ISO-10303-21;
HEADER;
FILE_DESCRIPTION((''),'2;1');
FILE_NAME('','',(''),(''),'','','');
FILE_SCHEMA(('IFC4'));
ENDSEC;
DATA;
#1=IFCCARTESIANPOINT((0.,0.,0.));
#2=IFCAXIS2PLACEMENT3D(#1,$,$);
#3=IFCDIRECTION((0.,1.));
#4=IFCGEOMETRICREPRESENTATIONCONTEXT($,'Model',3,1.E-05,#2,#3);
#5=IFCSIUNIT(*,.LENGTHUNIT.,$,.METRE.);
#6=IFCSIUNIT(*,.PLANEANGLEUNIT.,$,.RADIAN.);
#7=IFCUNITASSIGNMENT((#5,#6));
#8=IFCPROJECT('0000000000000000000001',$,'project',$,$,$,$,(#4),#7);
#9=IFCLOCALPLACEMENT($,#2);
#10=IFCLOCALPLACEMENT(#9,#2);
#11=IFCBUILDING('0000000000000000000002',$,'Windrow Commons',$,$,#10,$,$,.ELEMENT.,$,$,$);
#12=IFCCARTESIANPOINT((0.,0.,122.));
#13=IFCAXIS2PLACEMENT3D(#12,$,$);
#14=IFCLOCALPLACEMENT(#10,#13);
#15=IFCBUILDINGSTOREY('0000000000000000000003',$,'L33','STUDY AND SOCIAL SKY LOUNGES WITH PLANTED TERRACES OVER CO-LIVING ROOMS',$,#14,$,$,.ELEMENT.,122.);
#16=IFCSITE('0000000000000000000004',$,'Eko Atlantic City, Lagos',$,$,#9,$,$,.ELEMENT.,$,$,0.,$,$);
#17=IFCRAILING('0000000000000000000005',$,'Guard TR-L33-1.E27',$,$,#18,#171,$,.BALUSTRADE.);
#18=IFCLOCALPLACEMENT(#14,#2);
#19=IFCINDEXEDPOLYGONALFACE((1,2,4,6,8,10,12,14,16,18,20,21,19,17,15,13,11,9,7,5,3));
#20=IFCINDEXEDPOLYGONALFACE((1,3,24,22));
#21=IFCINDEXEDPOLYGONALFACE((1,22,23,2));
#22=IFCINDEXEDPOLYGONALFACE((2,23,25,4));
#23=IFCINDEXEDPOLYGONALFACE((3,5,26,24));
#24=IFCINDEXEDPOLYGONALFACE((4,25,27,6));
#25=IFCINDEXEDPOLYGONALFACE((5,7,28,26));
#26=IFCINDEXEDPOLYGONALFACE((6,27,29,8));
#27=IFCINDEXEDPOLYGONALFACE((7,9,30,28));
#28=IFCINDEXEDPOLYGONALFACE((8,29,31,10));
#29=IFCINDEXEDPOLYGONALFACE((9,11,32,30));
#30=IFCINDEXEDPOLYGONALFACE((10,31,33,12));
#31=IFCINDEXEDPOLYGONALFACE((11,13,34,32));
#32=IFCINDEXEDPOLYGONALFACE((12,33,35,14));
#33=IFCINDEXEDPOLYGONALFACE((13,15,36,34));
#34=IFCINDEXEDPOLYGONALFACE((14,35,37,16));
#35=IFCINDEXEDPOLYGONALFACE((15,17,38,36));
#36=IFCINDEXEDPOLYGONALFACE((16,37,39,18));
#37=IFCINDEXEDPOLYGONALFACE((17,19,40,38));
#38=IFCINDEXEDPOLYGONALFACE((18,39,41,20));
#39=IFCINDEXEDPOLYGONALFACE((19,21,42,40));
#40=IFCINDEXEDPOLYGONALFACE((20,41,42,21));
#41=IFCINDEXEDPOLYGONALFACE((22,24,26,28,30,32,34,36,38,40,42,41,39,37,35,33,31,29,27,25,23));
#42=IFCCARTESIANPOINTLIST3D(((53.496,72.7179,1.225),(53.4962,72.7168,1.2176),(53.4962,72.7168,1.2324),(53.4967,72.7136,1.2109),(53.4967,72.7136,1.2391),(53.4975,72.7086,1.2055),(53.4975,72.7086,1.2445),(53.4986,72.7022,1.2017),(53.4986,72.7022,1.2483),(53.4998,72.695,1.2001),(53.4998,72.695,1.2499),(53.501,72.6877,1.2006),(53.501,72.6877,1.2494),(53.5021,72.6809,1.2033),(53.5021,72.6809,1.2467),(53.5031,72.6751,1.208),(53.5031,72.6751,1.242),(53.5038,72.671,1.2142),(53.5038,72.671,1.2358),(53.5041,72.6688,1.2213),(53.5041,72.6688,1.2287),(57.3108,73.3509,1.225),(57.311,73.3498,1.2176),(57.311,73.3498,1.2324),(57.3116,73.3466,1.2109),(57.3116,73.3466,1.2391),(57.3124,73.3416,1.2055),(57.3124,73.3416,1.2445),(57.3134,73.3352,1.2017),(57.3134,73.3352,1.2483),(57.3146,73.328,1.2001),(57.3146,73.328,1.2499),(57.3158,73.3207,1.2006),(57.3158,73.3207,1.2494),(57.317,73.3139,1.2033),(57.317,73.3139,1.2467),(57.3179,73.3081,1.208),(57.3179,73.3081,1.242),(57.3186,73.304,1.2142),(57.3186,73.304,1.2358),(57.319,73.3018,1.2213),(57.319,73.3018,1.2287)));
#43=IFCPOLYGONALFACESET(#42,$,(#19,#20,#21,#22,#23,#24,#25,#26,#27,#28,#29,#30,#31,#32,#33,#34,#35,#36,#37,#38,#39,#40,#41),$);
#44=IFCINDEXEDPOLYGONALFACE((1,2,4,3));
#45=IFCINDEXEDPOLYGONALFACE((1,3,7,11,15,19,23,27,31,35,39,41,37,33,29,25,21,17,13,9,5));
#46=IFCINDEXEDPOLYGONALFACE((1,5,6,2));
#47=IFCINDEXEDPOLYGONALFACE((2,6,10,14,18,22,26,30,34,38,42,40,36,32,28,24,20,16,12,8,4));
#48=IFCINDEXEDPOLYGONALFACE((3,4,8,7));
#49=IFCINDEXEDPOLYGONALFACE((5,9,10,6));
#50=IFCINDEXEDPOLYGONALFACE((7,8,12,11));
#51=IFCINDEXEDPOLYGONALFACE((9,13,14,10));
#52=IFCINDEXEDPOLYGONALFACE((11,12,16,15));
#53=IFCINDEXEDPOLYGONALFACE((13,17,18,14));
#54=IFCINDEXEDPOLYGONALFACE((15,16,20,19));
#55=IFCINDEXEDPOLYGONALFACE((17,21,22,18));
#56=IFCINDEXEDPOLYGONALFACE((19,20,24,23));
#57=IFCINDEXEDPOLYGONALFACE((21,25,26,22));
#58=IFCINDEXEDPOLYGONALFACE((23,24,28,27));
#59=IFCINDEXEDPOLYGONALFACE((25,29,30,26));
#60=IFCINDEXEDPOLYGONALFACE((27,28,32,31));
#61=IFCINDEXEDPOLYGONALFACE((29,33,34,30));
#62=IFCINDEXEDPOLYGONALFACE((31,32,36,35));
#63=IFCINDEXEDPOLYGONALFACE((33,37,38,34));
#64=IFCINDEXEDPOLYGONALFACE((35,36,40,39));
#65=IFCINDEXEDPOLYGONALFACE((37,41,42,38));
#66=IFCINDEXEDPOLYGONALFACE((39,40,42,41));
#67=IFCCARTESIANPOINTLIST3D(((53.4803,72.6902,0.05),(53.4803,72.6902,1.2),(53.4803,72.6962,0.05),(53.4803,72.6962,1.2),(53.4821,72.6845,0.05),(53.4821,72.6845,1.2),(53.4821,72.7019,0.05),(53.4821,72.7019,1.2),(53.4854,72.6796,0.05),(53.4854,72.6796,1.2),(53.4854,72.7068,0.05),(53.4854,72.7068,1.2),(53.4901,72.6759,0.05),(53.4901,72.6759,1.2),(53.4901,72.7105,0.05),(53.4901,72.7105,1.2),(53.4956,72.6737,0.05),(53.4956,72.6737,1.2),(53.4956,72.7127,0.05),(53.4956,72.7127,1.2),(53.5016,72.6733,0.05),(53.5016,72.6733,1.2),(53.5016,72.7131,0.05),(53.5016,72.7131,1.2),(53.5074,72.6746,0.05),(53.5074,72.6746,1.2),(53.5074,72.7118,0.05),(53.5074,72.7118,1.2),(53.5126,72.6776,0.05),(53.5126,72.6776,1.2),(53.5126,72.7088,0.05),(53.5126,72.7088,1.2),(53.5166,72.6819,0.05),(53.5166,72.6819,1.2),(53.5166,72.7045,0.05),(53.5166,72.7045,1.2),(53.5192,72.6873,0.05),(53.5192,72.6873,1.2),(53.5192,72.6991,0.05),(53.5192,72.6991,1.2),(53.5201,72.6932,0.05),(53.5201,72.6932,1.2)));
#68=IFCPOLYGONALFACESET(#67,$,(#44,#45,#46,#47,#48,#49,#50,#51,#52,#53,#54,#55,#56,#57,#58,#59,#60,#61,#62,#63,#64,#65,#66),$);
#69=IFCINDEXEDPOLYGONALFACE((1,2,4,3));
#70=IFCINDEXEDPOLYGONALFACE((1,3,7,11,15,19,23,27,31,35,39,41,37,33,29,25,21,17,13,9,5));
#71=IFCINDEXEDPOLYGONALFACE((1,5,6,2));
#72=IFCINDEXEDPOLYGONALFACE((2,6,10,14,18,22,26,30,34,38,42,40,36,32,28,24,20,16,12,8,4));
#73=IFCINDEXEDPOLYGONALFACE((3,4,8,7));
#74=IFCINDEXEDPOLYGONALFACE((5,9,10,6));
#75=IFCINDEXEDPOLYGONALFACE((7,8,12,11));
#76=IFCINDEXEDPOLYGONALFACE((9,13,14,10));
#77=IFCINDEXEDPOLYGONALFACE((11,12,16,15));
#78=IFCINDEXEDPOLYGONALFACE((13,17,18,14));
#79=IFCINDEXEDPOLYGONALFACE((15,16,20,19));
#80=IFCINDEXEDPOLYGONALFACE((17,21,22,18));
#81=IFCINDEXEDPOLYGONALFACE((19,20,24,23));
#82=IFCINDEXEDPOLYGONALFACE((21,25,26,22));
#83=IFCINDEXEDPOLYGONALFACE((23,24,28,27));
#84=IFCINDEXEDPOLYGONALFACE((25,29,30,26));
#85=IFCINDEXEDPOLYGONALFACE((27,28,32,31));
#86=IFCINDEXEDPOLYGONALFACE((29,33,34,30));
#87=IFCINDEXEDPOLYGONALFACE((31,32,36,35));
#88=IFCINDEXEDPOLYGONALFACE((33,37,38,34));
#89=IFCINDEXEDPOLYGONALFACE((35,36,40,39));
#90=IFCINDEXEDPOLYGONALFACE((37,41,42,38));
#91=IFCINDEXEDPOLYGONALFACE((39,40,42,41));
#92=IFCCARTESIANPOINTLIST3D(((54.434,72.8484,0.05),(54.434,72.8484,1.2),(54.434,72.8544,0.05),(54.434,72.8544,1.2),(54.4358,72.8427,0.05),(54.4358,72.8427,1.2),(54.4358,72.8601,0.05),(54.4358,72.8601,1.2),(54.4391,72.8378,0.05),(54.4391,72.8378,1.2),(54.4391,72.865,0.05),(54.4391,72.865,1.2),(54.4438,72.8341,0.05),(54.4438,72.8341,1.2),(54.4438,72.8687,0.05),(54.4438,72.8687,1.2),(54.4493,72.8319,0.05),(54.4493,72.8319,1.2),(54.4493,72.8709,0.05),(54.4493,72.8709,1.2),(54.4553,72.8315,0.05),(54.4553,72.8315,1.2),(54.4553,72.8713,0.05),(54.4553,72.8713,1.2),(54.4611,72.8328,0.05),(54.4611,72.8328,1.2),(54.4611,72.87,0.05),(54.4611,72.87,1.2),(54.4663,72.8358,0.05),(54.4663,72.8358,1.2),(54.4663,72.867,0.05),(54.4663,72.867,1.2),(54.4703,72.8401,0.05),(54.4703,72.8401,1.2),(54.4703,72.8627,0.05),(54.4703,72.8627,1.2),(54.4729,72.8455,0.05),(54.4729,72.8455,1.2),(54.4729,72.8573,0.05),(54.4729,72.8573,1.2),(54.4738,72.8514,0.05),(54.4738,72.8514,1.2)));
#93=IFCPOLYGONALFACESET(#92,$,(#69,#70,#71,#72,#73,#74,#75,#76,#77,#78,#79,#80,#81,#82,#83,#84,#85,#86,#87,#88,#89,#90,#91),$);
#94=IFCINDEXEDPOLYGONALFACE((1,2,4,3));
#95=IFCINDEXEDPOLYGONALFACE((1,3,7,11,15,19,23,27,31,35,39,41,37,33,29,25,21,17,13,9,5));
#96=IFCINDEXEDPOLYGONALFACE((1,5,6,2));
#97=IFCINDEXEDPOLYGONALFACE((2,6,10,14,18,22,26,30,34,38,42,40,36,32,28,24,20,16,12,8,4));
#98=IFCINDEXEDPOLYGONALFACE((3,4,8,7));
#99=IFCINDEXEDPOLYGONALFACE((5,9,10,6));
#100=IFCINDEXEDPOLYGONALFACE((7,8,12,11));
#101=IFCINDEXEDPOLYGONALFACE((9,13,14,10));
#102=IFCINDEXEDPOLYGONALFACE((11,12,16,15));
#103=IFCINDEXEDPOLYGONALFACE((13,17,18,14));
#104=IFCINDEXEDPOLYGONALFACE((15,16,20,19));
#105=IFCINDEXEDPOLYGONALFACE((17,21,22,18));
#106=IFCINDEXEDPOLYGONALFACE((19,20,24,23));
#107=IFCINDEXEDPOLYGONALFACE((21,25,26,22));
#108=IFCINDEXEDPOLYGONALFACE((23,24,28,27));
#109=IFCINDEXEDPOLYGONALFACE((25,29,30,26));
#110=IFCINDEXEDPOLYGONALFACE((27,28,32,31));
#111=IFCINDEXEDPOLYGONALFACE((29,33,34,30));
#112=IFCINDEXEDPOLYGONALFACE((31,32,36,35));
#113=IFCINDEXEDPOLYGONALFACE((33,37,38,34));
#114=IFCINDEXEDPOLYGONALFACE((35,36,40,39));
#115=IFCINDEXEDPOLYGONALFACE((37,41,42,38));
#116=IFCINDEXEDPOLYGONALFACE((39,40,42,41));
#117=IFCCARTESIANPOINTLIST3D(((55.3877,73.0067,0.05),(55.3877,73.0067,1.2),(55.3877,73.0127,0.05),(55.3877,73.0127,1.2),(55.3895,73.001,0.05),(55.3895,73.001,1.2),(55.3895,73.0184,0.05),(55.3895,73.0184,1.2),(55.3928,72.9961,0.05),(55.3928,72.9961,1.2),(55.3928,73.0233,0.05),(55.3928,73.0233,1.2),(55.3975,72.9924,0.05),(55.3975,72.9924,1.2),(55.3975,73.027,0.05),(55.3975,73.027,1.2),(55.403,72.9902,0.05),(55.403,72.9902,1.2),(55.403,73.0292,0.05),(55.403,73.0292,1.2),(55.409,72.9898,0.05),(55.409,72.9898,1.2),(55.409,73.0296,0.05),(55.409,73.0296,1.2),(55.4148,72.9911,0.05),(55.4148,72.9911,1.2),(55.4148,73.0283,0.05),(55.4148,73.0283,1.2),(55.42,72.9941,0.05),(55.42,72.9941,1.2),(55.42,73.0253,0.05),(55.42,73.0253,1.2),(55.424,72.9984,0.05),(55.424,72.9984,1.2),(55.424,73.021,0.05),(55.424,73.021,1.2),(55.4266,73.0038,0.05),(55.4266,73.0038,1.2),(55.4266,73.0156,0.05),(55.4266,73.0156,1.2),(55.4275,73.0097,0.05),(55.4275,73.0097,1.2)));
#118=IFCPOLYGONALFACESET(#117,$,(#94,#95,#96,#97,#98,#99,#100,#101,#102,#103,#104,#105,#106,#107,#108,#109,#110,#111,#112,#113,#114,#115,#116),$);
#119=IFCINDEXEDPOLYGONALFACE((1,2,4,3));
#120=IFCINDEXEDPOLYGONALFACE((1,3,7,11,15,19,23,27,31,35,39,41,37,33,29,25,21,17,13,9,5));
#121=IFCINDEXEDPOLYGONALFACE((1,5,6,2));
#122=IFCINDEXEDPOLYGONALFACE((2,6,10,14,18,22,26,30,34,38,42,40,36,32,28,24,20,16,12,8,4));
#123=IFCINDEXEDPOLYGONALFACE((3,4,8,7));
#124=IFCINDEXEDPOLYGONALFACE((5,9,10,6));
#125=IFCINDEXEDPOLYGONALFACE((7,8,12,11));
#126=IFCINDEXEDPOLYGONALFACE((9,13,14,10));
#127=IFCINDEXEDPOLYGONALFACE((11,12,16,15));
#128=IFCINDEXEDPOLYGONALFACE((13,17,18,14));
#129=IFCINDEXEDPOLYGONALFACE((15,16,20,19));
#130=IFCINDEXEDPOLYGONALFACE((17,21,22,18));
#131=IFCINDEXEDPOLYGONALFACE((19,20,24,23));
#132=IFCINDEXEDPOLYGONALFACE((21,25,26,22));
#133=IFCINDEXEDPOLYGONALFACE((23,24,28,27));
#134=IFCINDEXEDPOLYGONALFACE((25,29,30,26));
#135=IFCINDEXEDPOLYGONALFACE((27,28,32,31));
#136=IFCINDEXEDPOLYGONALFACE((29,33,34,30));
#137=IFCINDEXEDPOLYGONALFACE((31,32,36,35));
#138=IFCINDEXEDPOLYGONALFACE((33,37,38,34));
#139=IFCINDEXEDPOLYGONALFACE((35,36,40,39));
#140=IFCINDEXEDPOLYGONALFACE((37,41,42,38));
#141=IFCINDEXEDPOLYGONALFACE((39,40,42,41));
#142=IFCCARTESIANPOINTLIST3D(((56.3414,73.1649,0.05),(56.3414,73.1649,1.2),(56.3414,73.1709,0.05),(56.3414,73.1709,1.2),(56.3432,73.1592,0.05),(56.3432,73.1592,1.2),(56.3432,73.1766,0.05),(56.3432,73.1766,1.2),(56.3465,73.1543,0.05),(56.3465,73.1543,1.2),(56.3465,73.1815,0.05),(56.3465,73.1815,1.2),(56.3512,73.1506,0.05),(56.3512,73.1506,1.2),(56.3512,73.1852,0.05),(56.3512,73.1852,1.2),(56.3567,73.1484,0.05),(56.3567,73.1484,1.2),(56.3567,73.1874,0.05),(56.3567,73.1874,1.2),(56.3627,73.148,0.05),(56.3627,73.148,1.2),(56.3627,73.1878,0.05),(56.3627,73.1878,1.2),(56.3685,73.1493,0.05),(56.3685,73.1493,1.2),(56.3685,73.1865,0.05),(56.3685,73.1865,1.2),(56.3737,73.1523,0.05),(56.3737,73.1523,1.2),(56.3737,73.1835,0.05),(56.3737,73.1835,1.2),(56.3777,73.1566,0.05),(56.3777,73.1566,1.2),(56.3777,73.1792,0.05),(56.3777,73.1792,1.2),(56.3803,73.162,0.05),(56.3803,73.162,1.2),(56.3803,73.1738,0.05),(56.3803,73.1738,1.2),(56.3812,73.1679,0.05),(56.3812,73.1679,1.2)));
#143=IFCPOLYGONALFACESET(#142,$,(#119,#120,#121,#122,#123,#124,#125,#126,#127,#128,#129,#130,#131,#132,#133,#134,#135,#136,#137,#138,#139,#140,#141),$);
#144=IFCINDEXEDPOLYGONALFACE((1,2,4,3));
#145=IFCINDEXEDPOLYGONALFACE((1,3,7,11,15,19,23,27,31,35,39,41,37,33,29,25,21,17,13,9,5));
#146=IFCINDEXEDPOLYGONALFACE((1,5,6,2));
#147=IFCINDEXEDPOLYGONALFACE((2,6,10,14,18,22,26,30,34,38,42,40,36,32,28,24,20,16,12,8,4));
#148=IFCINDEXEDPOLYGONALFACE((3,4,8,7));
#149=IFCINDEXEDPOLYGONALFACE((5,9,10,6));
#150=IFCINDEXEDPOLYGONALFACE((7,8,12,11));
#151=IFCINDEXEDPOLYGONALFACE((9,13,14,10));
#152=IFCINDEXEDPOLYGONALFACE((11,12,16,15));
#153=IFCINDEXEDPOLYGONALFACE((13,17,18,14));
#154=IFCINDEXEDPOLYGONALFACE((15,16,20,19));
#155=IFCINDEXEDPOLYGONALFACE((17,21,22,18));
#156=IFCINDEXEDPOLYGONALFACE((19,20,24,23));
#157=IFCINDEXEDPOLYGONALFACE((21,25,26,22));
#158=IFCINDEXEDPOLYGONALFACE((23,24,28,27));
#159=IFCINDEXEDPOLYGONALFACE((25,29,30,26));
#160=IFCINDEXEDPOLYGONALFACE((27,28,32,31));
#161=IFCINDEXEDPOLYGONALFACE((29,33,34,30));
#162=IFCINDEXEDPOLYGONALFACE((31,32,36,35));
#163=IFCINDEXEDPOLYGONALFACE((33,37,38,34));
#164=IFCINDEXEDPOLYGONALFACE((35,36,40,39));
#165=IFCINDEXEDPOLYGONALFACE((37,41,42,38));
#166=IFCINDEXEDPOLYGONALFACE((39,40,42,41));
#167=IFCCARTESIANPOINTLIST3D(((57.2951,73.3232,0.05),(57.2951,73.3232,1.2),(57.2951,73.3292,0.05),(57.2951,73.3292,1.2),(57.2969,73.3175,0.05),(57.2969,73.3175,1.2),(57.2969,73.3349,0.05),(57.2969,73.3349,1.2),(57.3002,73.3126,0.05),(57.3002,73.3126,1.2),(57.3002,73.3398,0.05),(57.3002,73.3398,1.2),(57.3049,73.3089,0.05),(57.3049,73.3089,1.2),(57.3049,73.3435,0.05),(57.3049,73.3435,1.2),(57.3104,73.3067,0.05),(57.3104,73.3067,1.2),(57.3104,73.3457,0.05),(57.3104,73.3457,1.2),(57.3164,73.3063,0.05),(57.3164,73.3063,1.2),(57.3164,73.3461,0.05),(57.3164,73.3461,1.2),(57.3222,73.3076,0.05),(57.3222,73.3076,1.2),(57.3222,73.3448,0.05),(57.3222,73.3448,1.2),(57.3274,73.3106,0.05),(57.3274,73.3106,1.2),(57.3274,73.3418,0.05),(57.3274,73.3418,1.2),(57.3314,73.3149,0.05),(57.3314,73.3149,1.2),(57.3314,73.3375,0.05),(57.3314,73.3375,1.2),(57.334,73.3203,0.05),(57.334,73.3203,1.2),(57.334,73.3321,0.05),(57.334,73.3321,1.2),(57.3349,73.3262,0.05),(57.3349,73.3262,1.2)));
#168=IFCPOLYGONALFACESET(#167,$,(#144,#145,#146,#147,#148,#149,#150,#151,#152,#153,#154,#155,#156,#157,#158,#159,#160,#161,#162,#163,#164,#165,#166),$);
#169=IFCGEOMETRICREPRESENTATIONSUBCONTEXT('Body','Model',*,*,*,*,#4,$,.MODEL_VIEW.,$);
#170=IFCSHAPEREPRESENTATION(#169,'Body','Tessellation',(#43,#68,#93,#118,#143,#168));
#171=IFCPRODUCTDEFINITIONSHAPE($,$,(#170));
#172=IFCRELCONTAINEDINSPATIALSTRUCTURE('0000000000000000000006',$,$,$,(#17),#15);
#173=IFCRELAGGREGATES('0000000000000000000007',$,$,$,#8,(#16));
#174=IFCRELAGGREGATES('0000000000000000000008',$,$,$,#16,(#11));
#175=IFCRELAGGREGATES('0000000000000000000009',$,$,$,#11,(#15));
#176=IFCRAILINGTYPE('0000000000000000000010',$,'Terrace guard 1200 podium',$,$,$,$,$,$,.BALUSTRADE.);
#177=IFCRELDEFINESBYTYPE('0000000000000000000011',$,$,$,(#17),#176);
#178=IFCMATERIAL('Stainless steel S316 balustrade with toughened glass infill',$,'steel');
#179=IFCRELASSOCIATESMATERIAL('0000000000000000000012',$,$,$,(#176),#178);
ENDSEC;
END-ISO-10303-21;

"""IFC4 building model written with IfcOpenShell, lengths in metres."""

from ifc_helpers import new_model, si_unit, direction, frame, origin, origin_2d, place, context, subcontext, project, spatial, circle, extrude, material, type_object, element, save


model = new_model("IFC4")

# Units and contexts
model_context = context("Model", 3, precision=1e-05, world=origin(), true_north=direction((0.0, 1.0)))
body_context = subcontext(model_context, "Body", "Model", "MODEL_VIEW")
ifc_project = project(units=[si_unit("LENGTHUNIT", "METRE"), si_unit("PLANEANGLEUNIT", "RADIAN")], contexts=[model_context])

# Site, building, storey
site_placement = place(None, origin())
site = spatial("IfcSite", under=ifc_project, at=site_placement, Name="Eko Atlantic City, Lagos", CompositionType="ELEMENT", RefElevation=0.0)
building_placement = place(site_placement, origin())
building = spatial("IfcBuilding", under=site, at=building_placement, Name="Windrow Commons", CompositionType="ELEMENT")
storey_placement = place(building_placement, frame((0.0, 0.0, 122.0)))
storey = spatial("IfcBuildingStorey", under=building, at=storey_placement, Name="L33", Description="STUDY AND SOCIAL SKY LOUNGES WITH PLANTED TERRACES OVER CO-LIVING ROOMS", CompositionType="ELEMENT", Elevation=122.0)

# Railing
ifc_material_1 = material(Name="Stainless steel S316 balustrade with toughened glass infill", Category="steel")
railing_type_1 = type_object("IfcRailingType", Name="Terrace guard 1200 podium", PredefinedType="BALUSTRADE", material=ifc_material_1)
railing_1_placement = place(storey_placement, frame((53.5001, 72.6932, 0.05)))
element("IfcRailing", 1, at=railing_1_placement, inside=storey, type_object=railing_type_1, Name="Guard TR-L33-1.E27", PredefinedType="BALUSTRADE", context=body_context, shape_type="SweptSolid", body=[
    extrude(circle(Radius=0.025, at=origin_2d()), frame((0.0, 0.0, 1.175), z_axis=(0.986511, 0.163694, 0.0), x_axis=(-0.163694, 0.986511, 0.0)), (0.0, 0.0, 1.0), 3.867),
    extrude(circle(Radius=0.02, at=origin_2d()), origin(), (0.0, 0.0, 1.0), 1.15),
    extrude(circle(Radius=0.02, at=origin_2d()), frame((0.9537, 0.1582, 0.0)), (0.0, 0.0, 1.0), 1.15),
    extrude(circle(Radius=0.02, at=origin_2d()), frame((1.9074, 0.3165, 0.0)), (0.0, 0.0, 1.0), 1.15),
    extrude(circle(Radius=0.02, at=origin_2d()), frame((2.8611, 0.4747, 0.0)), (0.0, 0.0, 1.0), 1.15),
    extrude(circle(Radius=0.02, at=origin_2d()), frame((3.8148, 0.633, 0.0)), (0.0, 0.0, 1.0), 1.15),
])

save(model, "model.ifc")
